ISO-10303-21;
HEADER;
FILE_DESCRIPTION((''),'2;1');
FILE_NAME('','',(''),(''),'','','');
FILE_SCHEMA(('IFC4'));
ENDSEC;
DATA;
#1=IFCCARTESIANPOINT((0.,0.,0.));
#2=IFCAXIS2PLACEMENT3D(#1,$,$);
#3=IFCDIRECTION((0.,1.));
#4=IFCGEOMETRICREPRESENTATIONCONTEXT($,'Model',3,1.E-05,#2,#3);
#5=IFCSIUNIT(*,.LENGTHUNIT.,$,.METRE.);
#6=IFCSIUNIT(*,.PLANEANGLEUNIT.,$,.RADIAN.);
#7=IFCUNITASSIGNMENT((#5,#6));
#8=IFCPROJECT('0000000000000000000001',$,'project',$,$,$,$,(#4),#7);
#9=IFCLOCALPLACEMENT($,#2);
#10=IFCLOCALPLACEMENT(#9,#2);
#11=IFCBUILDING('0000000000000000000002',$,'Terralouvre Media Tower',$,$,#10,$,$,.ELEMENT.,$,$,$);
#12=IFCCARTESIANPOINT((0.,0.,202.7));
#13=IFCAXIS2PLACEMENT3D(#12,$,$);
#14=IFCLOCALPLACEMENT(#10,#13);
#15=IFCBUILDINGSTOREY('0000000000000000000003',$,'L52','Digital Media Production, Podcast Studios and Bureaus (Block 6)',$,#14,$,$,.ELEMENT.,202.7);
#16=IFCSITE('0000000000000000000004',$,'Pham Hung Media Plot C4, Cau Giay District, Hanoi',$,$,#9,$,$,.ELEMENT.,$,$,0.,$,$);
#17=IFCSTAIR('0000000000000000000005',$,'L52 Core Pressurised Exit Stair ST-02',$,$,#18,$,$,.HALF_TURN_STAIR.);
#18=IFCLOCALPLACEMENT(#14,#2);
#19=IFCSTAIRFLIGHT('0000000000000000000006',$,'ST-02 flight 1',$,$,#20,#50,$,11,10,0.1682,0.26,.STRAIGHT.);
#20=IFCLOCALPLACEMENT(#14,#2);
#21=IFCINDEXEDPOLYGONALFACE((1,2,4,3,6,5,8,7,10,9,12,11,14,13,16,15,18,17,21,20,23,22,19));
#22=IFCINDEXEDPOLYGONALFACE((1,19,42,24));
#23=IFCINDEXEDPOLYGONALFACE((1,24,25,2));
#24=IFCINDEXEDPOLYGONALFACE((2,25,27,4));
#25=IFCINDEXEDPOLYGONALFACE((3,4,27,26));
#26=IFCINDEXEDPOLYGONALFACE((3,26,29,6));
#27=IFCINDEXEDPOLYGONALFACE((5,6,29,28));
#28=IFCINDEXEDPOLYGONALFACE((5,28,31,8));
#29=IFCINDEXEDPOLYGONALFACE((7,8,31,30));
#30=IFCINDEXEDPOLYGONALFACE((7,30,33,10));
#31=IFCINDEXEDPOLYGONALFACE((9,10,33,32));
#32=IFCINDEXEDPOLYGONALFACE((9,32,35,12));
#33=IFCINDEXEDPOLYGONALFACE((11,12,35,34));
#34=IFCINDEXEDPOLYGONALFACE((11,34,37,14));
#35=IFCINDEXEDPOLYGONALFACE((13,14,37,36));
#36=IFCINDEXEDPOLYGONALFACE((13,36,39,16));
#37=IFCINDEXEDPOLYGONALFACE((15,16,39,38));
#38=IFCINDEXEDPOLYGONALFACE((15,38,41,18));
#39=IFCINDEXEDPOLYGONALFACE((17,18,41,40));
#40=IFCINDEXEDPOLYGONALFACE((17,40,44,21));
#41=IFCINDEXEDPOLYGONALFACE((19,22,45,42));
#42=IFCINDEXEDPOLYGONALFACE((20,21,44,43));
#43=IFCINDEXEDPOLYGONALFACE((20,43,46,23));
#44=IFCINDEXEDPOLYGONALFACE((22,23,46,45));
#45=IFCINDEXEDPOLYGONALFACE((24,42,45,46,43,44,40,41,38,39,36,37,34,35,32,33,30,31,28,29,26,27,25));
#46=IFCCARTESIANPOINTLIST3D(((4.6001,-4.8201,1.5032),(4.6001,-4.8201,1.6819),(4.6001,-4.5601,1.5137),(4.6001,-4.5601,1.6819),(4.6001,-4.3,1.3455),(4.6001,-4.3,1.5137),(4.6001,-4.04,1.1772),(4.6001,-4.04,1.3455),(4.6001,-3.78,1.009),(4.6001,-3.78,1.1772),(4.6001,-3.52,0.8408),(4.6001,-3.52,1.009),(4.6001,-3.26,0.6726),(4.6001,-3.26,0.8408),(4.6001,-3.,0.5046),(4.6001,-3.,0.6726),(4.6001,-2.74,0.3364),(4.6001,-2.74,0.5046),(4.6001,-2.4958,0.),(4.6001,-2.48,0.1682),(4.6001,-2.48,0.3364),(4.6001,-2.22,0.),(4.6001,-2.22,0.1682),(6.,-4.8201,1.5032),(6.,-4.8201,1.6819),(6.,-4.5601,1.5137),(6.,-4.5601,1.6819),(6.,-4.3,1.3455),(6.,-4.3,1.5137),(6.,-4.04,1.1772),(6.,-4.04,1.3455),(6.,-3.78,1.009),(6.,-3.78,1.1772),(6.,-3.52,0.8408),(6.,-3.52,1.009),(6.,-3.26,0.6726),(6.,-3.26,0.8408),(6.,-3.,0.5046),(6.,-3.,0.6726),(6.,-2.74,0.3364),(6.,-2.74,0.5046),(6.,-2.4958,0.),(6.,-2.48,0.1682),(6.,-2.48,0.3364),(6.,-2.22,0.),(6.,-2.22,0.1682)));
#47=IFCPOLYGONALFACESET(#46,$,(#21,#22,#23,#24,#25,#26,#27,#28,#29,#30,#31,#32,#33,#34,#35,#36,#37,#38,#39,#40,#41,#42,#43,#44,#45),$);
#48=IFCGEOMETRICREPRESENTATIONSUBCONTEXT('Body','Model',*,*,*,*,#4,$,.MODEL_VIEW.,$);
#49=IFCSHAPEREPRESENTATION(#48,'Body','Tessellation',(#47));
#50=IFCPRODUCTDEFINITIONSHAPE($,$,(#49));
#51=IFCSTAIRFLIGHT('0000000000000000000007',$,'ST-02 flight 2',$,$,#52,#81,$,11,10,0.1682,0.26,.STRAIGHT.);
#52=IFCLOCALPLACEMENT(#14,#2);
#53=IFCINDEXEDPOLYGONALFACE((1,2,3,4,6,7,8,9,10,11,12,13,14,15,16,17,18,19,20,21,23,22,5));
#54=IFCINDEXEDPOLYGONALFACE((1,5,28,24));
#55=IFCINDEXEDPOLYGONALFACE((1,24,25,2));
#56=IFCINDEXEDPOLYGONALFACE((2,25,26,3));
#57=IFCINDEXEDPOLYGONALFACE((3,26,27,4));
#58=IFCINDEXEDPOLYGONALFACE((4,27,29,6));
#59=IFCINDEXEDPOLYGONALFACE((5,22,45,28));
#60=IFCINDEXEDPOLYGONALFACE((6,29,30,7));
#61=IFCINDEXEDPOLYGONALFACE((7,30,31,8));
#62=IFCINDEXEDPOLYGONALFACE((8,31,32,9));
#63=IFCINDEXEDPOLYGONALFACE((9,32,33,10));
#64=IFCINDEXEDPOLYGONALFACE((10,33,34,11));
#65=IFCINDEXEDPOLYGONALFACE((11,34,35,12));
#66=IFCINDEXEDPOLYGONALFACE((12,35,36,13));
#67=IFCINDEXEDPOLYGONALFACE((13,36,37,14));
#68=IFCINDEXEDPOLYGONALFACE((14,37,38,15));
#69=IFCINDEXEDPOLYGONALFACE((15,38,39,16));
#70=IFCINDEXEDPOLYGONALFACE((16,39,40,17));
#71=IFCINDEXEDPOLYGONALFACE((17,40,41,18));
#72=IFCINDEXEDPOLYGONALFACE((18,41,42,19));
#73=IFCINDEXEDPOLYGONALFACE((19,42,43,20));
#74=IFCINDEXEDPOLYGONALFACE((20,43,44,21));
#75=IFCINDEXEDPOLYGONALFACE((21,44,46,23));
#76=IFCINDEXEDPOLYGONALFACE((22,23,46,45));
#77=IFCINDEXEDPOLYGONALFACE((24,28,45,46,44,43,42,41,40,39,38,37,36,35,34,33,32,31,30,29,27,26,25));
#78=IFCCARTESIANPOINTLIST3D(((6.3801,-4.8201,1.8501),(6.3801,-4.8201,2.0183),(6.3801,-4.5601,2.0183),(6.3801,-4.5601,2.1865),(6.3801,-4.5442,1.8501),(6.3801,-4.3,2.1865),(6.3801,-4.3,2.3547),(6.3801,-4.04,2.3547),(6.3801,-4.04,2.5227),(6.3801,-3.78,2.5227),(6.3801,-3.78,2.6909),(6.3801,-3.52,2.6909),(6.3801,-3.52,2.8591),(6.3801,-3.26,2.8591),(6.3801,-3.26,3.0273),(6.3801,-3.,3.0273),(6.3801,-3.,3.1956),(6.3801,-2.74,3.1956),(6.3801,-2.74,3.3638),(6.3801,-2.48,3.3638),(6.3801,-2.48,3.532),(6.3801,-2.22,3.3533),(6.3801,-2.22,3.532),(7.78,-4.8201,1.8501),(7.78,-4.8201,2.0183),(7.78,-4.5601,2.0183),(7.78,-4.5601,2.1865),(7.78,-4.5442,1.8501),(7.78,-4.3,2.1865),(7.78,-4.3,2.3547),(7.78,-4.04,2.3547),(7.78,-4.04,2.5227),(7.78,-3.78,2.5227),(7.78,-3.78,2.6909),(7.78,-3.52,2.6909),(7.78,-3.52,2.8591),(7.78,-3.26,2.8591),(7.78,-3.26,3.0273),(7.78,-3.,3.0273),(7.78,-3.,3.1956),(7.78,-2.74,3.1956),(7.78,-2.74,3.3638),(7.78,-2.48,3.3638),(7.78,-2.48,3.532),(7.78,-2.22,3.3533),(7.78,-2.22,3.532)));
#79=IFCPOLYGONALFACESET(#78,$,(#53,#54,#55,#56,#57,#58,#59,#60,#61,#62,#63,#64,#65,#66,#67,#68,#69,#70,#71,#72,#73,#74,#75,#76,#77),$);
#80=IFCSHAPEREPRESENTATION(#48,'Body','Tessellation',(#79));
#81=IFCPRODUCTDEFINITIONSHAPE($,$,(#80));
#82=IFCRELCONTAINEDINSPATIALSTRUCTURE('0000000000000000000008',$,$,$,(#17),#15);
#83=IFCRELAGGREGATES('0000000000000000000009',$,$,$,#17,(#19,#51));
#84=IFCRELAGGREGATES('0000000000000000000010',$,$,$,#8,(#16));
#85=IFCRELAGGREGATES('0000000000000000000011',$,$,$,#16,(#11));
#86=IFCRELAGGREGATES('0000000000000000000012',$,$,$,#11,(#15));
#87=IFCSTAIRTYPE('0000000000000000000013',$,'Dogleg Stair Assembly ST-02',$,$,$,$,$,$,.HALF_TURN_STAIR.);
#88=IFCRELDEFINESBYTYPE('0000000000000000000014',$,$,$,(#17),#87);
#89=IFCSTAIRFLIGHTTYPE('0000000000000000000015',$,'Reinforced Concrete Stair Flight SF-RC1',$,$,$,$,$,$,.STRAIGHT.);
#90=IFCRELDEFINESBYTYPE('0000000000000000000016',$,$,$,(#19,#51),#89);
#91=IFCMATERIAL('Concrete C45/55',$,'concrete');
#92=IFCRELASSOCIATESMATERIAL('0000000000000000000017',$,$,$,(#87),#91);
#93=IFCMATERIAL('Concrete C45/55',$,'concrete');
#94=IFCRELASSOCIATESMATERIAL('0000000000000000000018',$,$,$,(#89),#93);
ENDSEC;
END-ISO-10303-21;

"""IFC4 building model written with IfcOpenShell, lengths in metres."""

from ifc_helpers import new_model, si_unit, direction, frame, origin, place, context, subcontext, project, spatial, polyline, outline, extrude, material, type_object, element, aggregate, save


model = new_model("IFC4")

# Units and contexts
model_context = context("Model", 3, precision=1e-05, world=origin(), true_north=direction((0.0, 1.0)))
body_context = subcontext(model_context, "Body", "Model", "MODEL_VIEW")
ifc_project = project(units=[si_unit("LENGTHUNIT", "METRE"), si_unit("PLANEANGLEUNIT", "RADIAN")], contexts=[model_context])

# Site, building, storey
site_placement = place(None, origin())
site = spatial("IfcSite", under=ifc_project, at=site_placement, Name="Pham Hung Media Plot C4, Cau Giay District, Hanoi", CompositionType="ELEMENT", RefElevation=0.0)
building_placement = place(site_placement, origin())
building = spatial("IfcBuilding", under=site, at=building_placement, Name="Terralouvre Media Tower", CompositionType="ELEMENT")
storey_placement = place(building_placement, frame((0.0, 0.0, 202.7)))
storey = spatial("IfcBuildingStorey", under=building, at=storey_placement, Name="L52", Description="Digital Media Production, Podcast Studios and Bureaus (Block 6)", CompositionType="ELEMENT", Elevation=202.7)

# Stair, stair flights
ifc_material_1 = material(Name="Concrete C45/55", Category="concrete")
stair_type_1 = type_object("IfcStairType", Name="Dogleg Stair Assembly ST-02", PredefinedType="HALF_TURN_STAIR", material=ifc_material_1)
stair_1_placement = place(storey_placement, origin())
stair_1 = element("IfcStair", 1, at=stair_1_placement, inside=storey, type_object=stair_type_1, Name="L52 Core Pressurised Exit Stair ST-02", PredefinedType="HALF_TURN_STAIR")
ifc_material_2 = material(Name="Concrete C45/55", Category="concrete")
stair_flight_type = type_object("IfcStairFlightType", Name="Reinforced Concrete Stair Flight SF-RC1", PredefinedType="STRAIGHT", material=ifc_material_2)
stair_flight_1_placement = place(storey_placement, frame((5.3, -2.22, 0.0), z_axis=(0.0, 0.0, 1.0), x_axis=(0.0, -1.0, 0.0)))
stair_flight_1 = element("IfcStairFlight", 2, at=stair_flight_1_placement, type_object=stair_flight_type, Name="ST-02 flight 1", NumberOfRisers=11, NumberOfTreads=10, PredefinedType="STRAIGHT", RiserHeight=0.1682, TreadLength=0.26, context=body_context, shape_type="SweptSolid", body=[
    extrude(outline(polyline([(0.0, 0.0), (0.0, 0.1682), (0.26, 0.1682), (0.26, 0.3364), (0.52, 0.3364), (0.52, 0.5046), (0.78, 0.5046), (0.78, 0.6726), (1.04, 0.6726), (1.04, 0.8408), (1.3, 0.8408), (1.3, 1.009), (1.5601, 1.009), (1.5601, 1.1772), (1.8201, 1.1772), (1.8201, 1.3455), (2.0801, 1.3455), (2.0801, 1.5137), (2.3401, 1.5137), (2.3401, 1.6819), (2.6001, 1.6819), (2.6001, 1.8501), (2.6001, 1.5032), (0.2759, 0.0), (0.0, 0.0)])), frame((0.0, 0.7, 0.0), z_axis=(0.0, -1.0, 0.0), x_axis=(1.0, 0.0, 0.0)), (0.0, 0.0, 1.0), 1.3999),
])
stair_flight_2_placement = place(storey_placement, frame((7.0801, -4.8201, 1.8501), z_axis=(0.0, 0.0, 1.0), x_axis=(0.0, 1.0, 0.0)))
stair_flight_2 = element("IfcStairFlight", 3, at=stair_flight_2_placement, type_object=stair_flight_type, Name="ST-02 flight 2", NumberOfRisers=11, NumberOfTreads=10, PredefinedType="STRAIGHT", RiserHeight=0.1682, TreadLength=0.26, context=body_context, shape_type="SweptSolid", body=[
    extrude(outline(polyline([(0.0, 0.0), (0.0, 0.1682), (0.26, 0.1682), (0.26, 0.3364), (0.52, 0.3364), (0.52, 0.5046), (0.78, 0.5046), (0.78, 0.6726), (1.04, 0.6726), (1.04, 0.8408), (1.3, 0.8408), (1.3, 1.009), (1.5601, 1.009), (1.5601, 1.1772), (1.8201, 1.1772), (1.8201, 1.3455), (2.0801, 1.3455), (2.0801, 1.5137), (2.3401, 1.5137), (2.3401, 1.6819), (2.6001, 1.6819), (2.6001, 1.8501), (2.6001, 1.5032), (0.2759, 0.0), (0.0, 0.0)])), frame((0.0, 0.7, 0.0), z_axis=(0.0, -1.0, 0.0), x_axis=(1.0, 0.0, 0.0)), (0.0, 0.0, 1.0), 1.3999),
])
aggregate(stair_1, [stair_flight_1, stair_flight_2])

save(model, "model.ifc")
